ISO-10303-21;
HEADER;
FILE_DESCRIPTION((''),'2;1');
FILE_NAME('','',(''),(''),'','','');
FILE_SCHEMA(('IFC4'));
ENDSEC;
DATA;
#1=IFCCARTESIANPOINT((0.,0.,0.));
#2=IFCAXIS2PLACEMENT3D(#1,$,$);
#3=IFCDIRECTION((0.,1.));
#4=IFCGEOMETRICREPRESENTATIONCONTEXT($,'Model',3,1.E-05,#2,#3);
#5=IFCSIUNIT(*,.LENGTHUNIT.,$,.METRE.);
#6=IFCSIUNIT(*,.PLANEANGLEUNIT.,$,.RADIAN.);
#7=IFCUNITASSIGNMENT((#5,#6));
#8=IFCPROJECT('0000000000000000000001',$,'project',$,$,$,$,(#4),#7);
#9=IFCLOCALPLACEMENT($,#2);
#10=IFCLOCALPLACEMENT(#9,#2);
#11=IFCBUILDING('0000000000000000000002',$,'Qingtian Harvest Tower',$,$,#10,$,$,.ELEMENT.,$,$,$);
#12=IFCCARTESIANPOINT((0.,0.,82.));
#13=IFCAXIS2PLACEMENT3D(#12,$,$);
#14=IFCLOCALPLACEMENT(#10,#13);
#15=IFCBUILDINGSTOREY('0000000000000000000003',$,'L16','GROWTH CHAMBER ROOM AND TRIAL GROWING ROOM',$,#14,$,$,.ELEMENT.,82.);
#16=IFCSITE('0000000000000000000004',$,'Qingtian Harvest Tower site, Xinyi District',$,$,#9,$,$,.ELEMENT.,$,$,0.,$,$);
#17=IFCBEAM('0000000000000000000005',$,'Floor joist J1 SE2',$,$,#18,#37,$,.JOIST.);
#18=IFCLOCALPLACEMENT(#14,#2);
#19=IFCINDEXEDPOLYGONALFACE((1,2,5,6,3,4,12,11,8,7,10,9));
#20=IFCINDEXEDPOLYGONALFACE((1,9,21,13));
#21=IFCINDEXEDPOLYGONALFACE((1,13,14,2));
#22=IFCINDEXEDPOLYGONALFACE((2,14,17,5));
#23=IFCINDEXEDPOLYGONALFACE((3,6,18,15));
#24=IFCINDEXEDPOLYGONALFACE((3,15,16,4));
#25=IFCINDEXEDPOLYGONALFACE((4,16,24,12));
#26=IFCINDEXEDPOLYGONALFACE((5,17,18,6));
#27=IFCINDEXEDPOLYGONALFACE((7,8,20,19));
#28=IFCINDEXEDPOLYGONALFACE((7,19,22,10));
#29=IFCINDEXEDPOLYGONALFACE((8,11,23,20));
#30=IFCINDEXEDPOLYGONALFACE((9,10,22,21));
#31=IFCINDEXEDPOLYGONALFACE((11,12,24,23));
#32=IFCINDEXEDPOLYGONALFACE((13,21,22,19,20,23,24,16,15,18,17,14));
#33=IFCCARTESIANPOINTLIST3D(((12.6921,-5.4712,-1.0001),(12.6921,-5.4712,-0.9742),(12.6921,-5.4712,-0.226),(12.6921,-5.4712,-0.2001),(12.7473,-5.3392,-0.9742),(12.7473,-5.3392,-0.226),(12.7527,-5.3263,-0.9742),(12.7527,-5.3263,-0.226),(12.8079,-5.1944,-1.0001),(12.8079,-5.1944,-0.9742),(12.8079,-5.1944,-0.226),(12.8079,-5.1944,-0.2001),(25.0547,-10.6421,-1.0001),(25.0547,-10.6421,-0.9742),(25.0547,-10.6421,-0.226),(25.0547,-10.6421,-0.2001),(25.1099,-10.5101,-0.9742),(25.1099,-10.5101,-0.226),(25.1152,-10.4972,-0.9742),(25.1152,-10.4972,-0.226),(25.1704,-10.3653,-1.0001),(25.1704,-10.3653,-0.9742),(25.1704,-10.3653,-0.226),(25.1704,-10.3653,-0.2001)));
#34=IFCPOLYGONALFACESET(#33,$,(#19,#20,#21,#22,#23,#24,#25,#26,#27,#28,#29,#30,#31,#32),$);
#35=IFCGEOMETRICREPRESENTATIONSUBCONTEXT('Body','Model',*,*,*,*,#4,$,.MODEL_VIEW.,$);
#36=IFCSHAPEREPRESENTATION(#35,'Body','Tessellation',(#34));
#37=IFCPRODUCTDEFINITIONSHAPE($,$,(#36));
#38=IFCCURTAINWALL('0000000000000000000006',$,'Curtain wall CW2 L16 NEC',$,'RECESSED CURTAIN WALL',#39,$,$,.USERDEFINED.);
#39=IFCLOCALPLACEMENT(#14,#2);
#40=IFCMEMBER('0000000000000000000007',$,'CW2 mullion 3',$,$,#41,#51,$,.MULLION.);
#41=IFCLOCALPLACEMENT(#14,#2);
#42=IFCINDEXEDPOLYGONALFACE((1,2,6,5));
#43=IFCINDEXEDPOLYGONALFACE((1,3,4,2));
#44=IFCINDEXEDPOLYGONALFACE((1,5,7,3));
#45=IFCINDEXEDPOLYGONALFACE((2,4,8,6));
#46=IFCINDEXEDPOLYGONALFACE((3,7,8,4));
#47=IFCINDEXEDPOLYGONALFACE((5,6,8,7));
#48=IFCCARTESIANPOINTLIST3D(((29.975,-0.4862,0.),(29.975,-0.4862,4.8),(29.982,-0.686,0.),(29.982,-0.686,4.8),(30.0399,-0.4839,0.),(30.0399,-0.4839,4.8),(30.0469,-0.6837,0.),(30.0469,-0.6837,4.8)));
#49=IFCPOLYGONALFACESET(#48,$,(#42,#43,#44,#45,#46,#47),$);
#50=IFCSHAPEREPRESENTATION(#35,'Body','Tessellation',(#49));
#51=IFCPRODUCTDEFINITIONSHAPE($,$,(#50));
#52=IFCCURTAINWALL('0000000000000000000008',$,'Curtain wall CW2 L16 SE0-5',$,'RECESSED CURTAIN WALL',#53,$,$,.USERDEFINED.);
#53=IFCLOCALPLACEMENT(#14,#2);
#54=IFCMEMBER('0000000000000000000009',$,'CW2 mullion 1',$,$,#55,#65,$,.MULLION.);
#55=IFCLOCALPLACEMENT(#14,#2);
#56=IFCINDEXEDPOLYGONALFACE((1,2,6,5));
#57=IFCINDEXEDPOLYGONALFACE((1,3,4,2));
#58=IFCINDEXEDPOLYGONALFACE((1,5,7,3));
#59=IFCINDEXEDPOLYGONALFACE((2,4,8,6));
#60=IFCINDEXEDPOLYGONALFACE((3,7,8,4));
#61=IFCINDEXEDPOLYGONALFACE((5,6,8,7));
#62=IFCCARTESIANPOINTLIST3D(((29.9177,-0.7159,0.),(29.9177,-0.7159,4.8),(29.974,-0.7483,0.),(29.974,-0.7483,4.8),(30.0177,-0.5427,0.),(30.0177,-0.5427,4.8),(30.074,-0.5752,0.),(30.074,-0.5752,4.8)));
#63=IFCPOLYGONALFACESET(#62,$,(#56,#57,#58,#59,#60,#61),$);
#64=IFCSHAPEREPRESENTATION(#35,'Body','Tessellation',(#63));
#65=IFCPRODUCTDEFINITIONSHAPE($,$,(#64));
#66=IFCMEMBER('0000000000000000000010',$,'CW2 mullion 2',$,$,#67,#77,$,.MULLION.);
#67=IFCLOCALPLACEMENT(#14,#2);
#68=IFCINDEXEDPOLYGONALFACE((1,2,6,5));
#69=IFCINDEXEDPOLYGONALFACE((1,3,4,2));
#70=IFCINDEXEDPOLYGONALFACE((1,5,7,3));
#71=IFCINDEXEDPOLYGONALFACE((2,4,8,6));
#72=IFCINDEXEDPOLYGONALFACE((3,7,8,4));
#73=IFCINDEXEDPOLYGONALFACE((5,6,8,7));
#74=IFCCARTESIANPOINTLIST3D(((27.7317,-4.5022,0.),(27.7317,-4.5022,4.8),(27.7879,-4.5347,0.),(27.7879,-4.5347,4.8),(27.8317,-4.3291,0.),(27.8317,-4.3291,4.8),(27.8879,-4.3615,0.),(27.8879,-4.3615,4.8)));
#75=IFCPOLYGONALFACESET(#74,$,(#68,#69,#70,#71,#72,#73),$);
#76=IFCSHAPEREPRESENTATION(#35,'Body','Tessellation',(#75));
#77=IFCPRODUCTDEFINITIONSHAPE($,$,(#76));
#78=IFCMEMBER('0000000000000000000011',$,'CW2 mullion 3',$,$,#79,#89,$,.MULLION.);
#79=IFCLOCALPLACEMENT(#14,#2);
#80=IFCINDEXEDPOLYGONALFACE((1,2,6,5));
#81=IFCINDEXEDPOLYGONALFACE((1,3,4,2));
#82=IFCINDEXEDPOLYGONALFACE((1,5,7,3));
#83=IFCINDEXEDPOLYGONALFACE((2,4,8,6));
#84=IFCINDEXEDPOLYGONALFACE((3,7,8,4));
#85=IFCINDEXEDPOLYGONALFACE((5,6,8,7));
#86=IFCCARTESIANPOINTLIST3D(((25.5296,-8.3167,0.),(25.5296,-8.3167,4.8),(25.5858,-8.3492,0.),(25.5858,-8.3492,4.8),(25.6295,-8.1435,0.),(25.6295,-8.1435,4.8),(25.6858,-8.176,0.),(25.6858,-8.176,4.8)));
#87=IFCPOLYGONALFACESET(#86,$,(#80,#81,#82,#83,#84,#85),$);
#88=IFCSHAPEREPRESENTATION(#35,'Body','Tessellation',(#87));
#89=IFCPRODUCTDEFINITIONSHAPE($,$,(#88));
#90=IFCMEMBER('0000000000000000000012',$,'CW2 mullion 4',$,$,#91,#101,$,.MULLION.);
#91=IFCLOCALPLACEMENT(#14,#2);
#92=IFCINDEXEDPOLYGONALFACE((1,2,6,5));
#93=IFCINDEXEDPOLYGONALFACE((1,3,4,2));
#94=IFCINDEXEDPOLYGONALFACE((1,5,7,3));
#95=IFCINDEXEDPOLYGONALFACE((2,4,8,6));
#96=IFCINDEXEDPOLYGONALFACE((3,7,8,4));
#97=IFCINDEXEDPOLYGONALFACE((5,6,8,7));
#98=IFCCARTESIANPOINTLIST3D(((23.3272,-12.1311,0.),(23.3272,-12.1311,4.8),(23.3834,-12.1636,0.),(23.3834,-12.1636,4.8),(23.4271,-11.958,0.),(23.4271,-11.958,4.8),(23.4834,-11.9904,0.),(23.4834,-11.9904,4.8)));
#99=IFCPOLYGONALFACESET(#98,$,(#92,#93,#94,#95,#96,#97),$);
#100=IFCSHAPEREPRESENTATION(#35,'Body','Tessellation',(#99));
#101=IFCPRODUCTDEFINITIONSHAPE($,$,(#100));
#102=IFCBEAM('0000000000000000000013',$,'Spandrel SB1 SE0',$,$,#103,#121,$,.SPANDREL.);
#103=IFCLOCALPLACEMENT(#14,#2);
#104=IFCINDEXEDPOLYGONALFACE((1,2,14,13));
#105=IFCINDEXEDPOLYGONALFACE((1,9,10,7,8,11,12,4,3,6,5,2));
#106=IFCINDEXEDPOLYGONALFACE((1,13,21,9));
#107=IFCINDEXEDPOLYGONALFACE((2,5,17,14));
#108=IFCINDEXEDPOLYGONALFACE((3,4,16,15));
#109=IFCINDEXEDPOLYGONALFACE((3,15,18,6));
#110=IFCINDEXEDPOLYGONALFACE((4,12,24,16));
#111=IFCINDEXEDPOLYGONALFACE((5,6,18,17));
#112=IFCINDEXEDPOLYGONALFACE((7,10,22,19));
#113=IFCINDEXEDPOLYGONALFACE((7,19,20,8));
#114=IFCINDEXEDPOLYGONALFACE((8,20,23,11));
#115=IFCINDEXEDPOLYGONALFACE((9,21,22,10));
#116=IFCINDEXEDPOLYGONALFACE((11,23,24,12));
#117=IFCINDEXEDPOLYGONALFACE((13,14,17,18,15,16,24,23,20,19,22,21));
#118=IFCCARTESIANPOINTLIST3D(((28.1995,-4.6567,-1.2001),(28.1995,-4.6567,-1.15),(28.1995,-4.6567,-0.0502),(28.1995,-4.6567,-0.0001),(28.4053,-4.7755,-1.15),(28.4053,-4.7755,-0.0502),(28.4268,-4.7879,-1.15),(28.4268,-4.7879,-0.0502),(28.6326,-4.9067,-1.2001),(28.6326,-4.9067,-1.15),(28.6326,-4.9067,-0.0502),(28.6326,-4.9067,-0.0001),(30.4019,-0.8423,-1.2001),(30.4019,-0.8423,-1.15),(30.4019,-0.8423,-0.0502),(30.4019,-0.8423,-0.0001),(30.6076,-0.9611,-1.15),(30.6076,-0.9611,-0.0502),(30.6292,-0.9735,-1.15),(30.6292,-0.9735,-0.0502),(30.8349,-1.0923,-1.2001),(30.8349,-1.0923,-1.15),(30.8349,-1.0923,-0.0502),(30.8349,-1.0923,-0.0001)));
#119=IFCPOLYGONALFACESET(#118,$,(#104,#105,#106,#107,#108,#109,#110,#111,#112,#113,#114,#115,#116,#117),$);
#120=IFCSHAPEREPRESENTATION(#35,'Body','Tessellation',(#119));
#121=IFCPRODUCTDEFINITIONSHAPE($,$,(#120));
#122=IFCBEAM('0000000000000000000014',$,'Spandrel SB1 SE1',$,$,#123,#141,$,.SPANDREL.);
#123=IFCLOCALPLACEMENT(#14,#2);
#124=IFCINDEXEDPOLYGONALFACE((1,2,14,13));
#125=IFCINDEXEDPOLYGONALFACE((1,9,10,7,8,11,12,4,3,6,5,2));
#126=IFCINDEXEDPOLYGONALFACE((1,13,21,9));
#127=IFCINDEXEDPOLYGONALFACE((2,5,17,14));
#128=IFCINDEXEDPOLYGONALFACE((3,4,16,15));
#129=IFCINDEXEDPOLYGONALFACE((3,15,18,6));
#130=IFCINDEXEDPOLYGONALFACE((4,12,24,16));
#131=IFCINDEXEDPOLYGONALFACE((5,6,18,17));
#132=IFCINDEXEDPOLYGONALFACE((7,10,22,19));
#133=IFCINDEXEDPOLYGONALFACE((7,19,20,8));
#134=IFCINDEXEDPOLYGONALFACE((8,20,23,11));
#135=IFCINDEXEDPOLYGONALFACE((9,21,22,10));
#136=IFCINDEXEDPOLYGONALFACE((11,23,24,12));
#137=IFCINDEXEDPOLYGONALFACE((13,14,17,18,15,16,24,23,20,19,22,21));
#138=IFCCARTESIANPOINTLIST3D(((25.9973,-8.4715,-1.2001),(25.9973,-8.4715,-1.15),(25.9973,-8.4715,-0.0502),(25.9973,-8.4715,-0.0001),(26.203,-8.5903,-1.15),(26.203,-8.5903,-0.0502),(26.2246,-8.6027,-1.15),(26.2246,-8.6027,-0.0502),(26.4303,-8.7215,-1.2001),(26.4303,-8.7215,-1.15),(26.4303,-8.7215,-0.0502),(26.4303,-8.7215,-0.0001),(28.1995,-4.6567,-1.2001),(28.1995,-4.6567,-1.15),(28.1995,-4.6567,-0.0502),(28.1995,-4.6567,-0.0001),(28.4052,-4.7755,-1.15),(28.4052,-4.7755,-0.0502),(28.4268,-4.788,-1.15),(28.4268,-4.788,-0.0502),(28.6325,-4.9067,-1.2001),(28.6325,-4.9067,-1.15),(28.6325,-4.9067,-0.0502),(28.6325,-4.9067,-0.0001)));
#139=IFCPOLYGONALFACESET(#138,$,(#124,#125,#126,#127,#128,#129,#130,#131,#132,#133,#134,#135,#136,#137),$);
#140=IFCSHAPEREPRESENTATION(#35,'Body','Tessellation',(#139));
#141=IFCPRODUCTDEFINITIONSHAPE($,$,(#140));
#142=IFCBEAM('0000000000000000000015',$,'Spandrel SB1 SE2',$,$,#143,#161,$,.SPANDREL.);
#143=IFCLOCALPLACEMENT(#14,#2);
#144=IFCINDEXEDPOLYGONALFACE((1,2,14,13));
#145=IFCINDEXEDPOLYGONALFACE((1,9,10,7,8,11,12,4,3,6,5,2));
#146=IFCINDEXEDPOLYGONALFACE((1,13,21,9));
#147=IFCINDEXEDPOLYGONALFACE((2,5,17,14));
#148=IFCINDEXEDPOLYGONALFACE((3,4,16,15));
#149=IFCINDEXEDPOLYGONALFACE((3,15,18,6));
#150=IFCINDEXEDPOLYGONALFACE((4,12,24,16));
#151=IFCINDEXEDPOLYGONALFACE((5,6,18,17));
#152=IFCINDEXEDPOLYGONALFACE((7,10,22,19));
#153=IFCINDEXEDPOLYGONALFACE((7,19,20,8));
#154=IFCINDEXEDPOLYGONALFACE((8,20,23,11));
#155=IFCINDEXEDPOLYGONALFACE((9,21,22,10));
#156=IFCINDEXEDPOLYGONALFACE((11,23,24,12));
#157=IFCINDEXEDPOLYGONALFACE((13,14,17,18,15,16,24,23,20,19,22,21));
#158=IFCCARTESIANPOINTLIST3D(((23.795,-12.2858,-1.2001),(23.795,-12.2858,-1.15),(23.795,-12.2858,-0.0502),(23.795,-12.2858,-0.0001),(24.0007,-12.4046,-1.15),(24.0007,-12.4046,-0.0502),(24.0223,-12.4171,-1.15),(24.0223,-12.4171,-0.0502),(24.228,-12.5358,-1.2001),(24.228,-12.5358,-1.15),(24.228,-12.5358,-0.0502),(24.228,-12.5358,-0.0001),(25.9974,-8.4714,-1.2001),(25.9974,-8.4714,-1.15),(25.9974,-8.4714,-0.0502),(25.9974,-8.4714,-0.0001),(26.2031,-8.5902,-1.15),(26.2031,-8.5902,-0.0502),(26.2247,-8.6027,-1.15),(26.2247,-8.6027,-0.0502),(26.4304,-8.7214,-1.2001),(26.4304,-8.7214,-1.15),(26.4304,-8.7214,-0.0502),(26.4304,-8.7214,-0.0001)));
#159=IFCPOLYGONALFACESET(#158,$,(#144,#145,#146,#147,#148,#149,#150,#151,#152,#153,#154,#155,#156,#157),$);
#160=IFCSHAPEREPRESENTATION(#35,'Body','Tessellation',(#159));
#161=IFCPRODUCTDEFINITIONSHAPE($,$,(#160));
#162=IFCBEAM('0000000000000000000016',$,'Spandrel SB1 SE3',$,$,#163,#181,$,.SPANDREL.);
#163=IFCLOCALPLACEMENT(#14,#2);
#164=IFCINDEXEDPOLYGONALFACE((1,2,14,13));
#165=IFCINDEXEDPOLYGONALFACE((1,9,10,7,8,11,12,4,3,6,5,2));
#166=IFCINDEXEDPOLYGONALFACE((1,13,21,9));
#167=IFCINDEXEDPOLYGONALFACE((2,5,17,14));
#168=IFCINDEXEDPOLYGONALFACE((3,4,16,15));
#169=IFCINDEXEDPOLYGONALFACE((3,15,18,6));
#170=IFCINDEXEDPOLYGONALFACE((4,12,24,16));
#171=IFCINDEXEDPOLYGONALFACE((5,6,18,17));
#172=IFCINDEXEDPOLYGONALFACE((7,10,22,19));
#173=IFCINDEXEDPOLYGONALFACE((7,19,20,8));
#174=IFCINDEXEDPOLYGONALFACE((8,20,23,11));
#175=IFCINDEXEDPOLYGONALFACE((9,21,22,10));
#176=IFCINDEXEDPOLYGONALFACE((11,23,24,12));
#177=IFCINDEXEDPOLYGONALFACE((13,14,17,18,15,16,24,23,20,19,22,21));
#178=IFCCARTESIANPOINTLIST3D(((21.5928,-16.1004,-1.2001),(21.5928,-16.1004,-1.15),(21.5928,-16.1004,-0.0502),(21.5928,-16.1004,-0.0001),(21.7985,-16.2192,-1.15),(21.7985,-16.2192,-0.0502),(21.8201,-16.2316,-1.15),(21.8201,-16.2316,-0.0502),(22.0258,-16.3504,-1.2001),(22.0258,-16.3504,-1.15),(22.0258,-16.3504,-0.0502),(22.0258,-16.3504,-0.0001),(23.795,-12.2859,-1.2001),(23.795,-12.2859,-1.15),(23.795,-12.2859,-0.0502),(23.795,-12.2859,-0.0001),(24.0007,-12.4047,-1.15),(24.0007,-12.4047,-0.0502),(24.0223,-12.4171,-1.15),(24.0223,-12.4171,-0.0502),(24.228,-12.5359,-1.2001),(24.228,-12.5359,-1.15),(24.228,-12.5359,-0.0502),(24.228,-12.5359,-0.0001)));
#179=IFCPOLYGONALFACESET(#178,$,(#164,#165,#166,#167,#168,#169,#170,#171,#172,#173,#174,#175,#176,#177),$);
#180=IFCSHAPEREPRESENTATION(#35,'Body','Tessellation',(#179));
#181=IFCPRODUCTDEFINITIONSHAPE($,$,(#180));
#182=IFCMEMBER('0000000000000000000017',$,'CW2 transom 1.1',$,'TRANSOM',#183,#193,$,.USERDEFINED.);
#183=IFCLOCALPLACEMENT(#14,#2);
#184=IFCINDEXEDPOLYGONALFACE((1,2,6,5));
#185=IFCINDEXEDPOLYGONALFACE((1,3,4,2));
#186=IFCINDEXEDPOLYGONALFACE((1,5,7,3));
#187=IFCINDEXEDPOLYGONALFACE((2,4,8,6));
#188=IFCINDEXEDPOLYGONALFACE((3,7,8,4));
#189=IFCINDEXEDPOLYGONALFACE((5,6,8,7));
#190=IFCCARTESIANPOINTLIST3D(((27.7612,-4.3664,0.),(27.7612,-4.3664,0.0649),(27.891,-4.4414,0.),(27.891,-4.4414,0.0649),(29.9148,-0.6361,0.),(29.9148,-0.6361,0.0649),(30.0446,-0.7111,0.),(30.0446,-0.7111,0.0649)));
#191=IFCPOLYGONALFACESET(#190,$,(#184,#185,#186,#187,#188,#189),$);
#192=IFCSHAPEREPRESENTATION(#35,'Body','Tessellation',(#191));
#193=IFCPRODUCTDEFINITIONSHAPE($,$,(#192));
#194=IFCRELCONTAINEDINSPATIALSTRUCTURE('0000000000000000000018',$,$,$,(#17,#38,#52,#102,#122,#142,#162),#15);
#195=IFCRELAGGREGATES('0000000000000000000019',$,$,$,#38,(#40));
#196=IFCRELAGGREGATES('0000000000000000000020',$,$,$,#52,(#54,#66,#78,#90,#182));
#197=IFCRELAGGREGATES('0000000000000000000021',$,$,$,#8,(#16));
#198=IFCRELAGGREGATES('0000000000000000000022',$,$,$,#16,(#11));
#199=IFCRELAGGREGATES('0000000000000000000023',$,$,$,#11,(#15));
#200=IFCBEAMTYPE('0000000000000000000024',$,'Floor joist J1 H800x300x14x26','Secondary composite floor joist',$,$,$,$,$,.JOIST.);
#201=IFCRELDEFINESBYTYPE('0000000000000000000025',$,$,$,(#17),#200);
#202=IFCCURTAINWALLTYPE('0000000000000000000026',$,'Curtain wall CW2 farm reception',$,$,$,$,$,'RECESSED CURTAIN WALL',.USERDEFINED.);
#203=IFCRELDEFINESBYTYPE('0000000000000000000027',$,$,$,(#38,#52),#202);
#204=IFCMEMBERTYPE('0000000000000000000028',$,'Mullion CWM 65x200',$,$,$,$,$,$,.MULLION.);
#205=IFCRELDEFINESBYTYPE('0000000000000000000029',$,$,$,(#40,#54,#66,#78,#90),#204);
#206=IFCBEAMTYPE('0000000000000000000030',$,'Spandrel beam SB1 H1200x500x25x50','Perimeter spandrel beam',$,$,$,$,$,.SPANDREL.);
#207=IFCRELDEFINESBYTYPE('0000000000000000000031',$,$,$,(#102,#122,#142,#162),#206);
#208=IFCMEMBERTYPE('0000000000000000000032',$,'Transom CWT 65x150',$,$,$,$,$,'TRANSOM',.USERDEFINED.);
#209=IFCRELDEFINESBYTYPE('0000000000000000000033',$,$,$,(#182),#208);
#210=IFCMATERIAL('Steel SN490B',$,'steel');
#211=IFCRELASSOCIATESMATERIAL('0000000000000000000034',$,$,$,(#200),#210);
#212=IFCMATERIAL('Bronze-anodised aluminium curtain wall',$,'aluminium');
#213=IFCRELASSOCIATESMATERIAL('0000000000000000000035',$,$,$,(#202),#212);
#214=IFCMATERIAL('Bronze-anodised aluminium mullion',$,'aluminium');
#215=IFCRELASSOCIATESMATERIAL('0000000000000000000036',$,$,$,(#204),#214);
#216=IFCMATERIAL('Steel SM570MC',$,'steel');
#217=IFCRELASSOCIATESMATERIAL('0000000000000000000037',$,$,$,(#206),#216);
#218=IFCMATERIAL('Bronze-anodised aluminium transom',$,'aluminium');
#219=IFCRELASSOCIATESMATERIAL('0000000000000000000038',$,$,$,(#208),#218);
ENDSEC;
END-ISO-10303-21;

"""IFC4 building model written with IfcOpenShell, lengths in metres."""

from ifc_helpers import new_model, si_unit, direction, frame, origin, origin_2d, place, context, subcontext, project, spatial, rectangle, i_section, extrude, material, material_profile, profile_set, type_object, element, aggregate, save


model = new_model("IFC4")

# Units and contexts
model_context = context("Model", 3, precision=1e-05, world=origin(), true_north=direction((0.0, 1.0)))
body_context = subcontext(model_context, "Body", "Model", "MODEL_VIEW")
ifc_project = project(units=[si_unit("LENGTHUNIT", "METRE"), si_unit("PLANEANGLEUNIT", "RADIAN")], contexts=[model_context])

# Site, building, storey
site_placement = place(None, origin())
site = spatial("IfcSite", under=ifc_project, at=site_placement, Name="Qingtian Harvest Tower site, Xinyi District", CompositionType="ELEMENT", RefElevation=0.0)
building_placement = place(site_placement, origin())
building = spatial("IfcBuilding", under=site, at=building_placement, Name="Qingtian Harvest Tower", CompositionType="ELEMENT")
storey_placement = place(building_placement, frame((0.0, 0.0, 82.0)))
storey = spatial("IfcBuildingStorey", under=building, at=storey_placement, Name="L16", Description="GROWTH CHAMBER ROOM AND TRIAL GROWING ROOM", CompositionType="ELEMENT", Elevation=82.0)

# Beam
ifc_material_1 = material(Name="Steel SN490B", Category="steel")
ifc_material_profile_1 = material_profile(ifc_material_1, i_section(OverallWidth=0.3, OverallDepth=0.8, WebThickness=0.0139, FlangeThickness=0.0259, at=origin_2d()), Name="H800x300x14x26")
ifc_profile_set_1 = profile_set([ifc_material_profile_1], Name="Steel SN490B")
beam_type_1 = type_object("IfcBeamType", Name="Floor joist J1 H800x300x14x26", Description="Secondary composite floor joist", PredefinedType="JOIST", material=ifc_profile_set_1)
beam_1_placement = place(storey_placement, frame((25.1125, -10.5037, -0.6001), z_axis=(-0.922551, 0.385876, 0.0), x_axis=(-0.385876, -0.922551, 0.0)))
element("IfcBeam", 1, at=beam_1_placement, inside=storey, type_object=beam_type_1, Name="Floor joist J1 SE2", PredefinedType="JOIST", context=body_context, shape_type="SweptSolid", body=[
    extrude(i_section(OverallWidth=0.3, OverallDepth=0.8, WebThickness=0.0139, FlangeThickness=0.0259, at=origin_2d()), origin(), (0.0, 0.0, 1.0), 13.4004),
])

# Curtain wall, member
ifc_material_2 = material(Name="Bronze-anodised aluminium curtain wall", Category="aluminium")
curtain_wall_type = type_object("IfcCurtainWallType", Name="Curtain wall CW2 farm reception", ElementType="RECESSED CURTAIN WALL", PredefinedType="USERDEFINED", material=ifc_material_2)
curtain_wall_1_placement = place(storey_placement, origin())
curtain_wall_1 = element("IfcCurtainWall", 2, at=curtain_wall_1_placement, inside=storey, type_object=curtain_wall_type, Name="Curtain wall CW2 L16 NEC", ObjectType="RECESSED CURTAIN WALL", PredefinedType="USERDEFINED")
ifc_material_3 = material(Name="Bronze-anodised aluminium mullion", Category="aluminium")
ifc_material_profile_2 = material_profile(ifc_material_3, rectangle(XDim=0.0649, YDim=0.2, at=origin_2d()), Name="AL 65x200")
ifc_profile_set_2 = profile_set([ifc_material_profile_2], Name="Bronze-anodised aluminium mullion")
member_type_1 = type_object("IfcMemberType", Name="Mullion CWM 65x200", PredefinedType="MULLION", material=ifc_profile_set_2)
member_1_placement = place(storey_placement, frame((30.011, -0.585, 0.0), z_axis=(0.0, 0.0, 1.0), x_axis=(0.999391, 0.034899, 0.0)))
member_1 = element("IfcMember", 3, at=member_1_placement, type_object=member_type_1, Name="CW2 mullion 3", PredefinedType="MULLION", context=body_context, shape_type="SweptSolid", body=[
    extrude(rectangle(XDim=0.0649, YDim=0.2, at=origin_2d()), origin(), (0.0, 0.0, 1.0), 4.8),
])
aggregate(curtain_wall_1, [member_1])

# Curtain wall, members
curtain_wall_2_placement = place(storey_placement, origin())
curtain_wall_2 = element("IfcCurtainWall", 4, at=curtain_wall_2_placement, inside=storey, type_object=curtain_wall_type, Name="Curtain wall CW2 L16 SE0-5", ObjectType="RECESSED CURTAIN WALL", PredefinedType="USERDEFINED")
member_2_placement = place(storey_placement, frame((29.9958, -0.6455, 0.0), z_axis=(0.0, 0.0, 1.0), x_axis=(0.866025, -0.5, 0.0)))
member_2 = element("IfcMember", 5, at=member_2_placement, type_object=member_type_1, Name="CW2 mullion 1", PredefinedType="MULLION", context=body_context, shape_type="SweptSolid", body=[
    extrude(rectangle(XDim=0.0649, YDim=0.2, at=origin_2d()), origin(), (0.0, 0.0, 1.0), 4.8),
])
member_3_placement = place(storey_placement, frame((27.8098, -4.4319, 0.0), z_axis=(0.0, 0.0, 1.0), x_axis=(0.866025, -0.5, 0.0)))
member_3 = element("IfcMember", 6, at=member_3_placement, type_object=member_type_1, Name="CW2 mullion 2", PredefinedType="MULLION", context=body_context, shape_type="SweptSolid", body=[
    extrude(rectangle(XDim=0.0649, YDim=0.2, at=origin_2d()), origin(), (0.0, 0.0, 1.0), 4.8),
])
member_4_placement = place(storey_placement, frame((25.6077, -8.2463, 0.0), z_axis=(0.0, 0.0, 1.0), x_axis=(0.866025, -0.5, 0.0)))
member_4 = element("IfcMember", 7, at=member_4_placement, type_object=member_type_1, Name="CW2 mullion 3", PredefinedType="MULLION", context=body_context, shape_type="SweptSolid", body=[
    extrude(rectangle(XDim=0.0649, YDim=0.2, at=origin_2d()), origin(), (0.0, 0.0, 1.0), 4.8),
])
member_5_placement = place(storey_placement, frame((23.4053, -12.0608, 0.0), z_axis=(0.0, 0.0, 1.0), x_axis=(0.866025, -0.5, 0.0)))
member_5 = element("IfcMember", 8, at=member_5_placement, type_object=member_type_1, Name="CW2 mullion 4", PredefinedType="MULLION", context=body_context, shape_type="SweptSolid", body=[
    extrude(rectangle(XDim=0.0649, YDim=0.2, at=origin_2d()), origin(), (0.0, 0.0, 1.0), 4.8),
])

# Beams
ifc_material_4 = material(Name="Steel SM570MC", Category="steel")
ifc_material_profile_3 = material_profile(ifc_material_4, i_section(OverallWidth=0.5, OverallDepth=1.2, WebThickness=0.0249, FlangeThickness=0.05, at=origin_2d()), Name="H1200x500x25x50")
ifc_profile_set_3 = profile_set([ifc_material_profile_3], Name="Steel SM570MC")
beam_type_2 = type_object("IfcBeamType", Name="Spandrel beam SB1 H1200x500x25x50", Description="Perimeter spandrel beam", PredefinedType="SPANDREL", material=ifc_profile_set_3)
beam_2_placement = place(storey_placement, frame((30.6184, -0.9673, -0.6001), z_axis=(-0.50002, -0.866014, 0.0), x_axis=(0.866014, -0.50002, 0.0)))
element("IfcBeam", 9, at=beam_2_placement, inside=storey, type_object=beam_type_2, Name="Spandrel SB1 SE0", PredefinedType="SPANDREL", context=body_context, shape_type="SweptSolid", body=[
    extrude(i_section(OverallWidth=0.5, OverallDepth=1.2, WebThickness=0.0249, FlangeThickness=0.05, at=origin_2d()), origin(), (0.0, 0.0, 1.0), 4.4045),
])
beam_3_placement = place(storey_placement, frame((28.416, -4.7817, -0.6001), z_axis=(-0.499954, -0.866052, 0.0), x_axis=(0.866052, -0.499954, 0.0)))
element("IfcBeam", 10, at=beam_3_placement, inside=storey, type_object=beam_type_2, Name="Spandrel SB1 SE1", PredefinedType="SPANDREL", context=body_context, shape_type="SweptSolid", body=[
    extrude(i_section(OverallWidth=0.5, OverallDepth=1.2, WebThickness=0.0249, FlangeThickness=0.05, at=origin_2d()), origin(), (0.0, 0.0, 1.0), 4.4048),
])
for number, where, z_axis, x_axis, name in (
    (11, (26.2139, -8.5964, -0.6001), (-0.50002, -0.866014, 0.0), (0.866014, -0.50002, 0.0), "Spandrel SB1 SE2"),
    (12, (24.0115, -12.4109, -0.6001), (-0.499978, -0.866038, 0.0), (0.866038, -0.499978, 0.0), "Spandrel SB1 SE3"),
):
    element("IfcBeam", number, at=place(storey_placement, frame(where, z_axis=z_axis, x_axis=x_axis)), inside=storey, type_object=beam_type_2, Name=name, PredefinedType="SPANDREL", context=body_context, shape_type="SweptSolid", body=[
        extrude(i_section(OverallWidth=0.5, OverallDepth=1.2, WebThickness=0.0249, FlangeThickness=0.05, at=origin_2d()), origin(), (0.0, 0.0, 1.0), 4.4045),
    ])

# Member
ifc_material_5 = material(Name="Bronze-anodised aluminium transom", Category="aluminium")
ifc_material_profile_4 = material_profile(ifc_material_5, rectangle(XDim=0.1499, YDim=0.0649, at=origin_2d()), Name="AL 65x150")
ifc_profile_set_4 = profile_set([ifc_material_profile_4], Name="Bronze-anodised aluminium transom")
member_type_2 = type_object("IfcMemberType", Name="Transom CWT 65x150", ElementType="TRANSOM", PredefinedType="USERDEFINED", material=ifc_profile_set_4)
member_6_placement = place(storey_placement, frame((29.9797, -0.6736, 0.0325), z_axis=(-0.499986, -0.866034, 0.0), x_axis=(0.866034, -0.499986, 0.0)))
member_6 = element("IfcMember", 13, at=member_6_placement, type_object=member_type_2, Name="CW2 transom 1.1", ObjectType="TRANSOM", PredefinedType="USERDEFINED", context=body_context, shape_type="SweptSolid", body=[
    extrude(rectangle(XDim=0.1499, YDim=0.0649, at=origin_2d()), origin(), (0.0, 0.0, 1.0), 4.3074),
])

aggregate(curtain_wall_2, [member_2, member_3, member_4, member_5, member_6])

save(model, "model.ifc")
